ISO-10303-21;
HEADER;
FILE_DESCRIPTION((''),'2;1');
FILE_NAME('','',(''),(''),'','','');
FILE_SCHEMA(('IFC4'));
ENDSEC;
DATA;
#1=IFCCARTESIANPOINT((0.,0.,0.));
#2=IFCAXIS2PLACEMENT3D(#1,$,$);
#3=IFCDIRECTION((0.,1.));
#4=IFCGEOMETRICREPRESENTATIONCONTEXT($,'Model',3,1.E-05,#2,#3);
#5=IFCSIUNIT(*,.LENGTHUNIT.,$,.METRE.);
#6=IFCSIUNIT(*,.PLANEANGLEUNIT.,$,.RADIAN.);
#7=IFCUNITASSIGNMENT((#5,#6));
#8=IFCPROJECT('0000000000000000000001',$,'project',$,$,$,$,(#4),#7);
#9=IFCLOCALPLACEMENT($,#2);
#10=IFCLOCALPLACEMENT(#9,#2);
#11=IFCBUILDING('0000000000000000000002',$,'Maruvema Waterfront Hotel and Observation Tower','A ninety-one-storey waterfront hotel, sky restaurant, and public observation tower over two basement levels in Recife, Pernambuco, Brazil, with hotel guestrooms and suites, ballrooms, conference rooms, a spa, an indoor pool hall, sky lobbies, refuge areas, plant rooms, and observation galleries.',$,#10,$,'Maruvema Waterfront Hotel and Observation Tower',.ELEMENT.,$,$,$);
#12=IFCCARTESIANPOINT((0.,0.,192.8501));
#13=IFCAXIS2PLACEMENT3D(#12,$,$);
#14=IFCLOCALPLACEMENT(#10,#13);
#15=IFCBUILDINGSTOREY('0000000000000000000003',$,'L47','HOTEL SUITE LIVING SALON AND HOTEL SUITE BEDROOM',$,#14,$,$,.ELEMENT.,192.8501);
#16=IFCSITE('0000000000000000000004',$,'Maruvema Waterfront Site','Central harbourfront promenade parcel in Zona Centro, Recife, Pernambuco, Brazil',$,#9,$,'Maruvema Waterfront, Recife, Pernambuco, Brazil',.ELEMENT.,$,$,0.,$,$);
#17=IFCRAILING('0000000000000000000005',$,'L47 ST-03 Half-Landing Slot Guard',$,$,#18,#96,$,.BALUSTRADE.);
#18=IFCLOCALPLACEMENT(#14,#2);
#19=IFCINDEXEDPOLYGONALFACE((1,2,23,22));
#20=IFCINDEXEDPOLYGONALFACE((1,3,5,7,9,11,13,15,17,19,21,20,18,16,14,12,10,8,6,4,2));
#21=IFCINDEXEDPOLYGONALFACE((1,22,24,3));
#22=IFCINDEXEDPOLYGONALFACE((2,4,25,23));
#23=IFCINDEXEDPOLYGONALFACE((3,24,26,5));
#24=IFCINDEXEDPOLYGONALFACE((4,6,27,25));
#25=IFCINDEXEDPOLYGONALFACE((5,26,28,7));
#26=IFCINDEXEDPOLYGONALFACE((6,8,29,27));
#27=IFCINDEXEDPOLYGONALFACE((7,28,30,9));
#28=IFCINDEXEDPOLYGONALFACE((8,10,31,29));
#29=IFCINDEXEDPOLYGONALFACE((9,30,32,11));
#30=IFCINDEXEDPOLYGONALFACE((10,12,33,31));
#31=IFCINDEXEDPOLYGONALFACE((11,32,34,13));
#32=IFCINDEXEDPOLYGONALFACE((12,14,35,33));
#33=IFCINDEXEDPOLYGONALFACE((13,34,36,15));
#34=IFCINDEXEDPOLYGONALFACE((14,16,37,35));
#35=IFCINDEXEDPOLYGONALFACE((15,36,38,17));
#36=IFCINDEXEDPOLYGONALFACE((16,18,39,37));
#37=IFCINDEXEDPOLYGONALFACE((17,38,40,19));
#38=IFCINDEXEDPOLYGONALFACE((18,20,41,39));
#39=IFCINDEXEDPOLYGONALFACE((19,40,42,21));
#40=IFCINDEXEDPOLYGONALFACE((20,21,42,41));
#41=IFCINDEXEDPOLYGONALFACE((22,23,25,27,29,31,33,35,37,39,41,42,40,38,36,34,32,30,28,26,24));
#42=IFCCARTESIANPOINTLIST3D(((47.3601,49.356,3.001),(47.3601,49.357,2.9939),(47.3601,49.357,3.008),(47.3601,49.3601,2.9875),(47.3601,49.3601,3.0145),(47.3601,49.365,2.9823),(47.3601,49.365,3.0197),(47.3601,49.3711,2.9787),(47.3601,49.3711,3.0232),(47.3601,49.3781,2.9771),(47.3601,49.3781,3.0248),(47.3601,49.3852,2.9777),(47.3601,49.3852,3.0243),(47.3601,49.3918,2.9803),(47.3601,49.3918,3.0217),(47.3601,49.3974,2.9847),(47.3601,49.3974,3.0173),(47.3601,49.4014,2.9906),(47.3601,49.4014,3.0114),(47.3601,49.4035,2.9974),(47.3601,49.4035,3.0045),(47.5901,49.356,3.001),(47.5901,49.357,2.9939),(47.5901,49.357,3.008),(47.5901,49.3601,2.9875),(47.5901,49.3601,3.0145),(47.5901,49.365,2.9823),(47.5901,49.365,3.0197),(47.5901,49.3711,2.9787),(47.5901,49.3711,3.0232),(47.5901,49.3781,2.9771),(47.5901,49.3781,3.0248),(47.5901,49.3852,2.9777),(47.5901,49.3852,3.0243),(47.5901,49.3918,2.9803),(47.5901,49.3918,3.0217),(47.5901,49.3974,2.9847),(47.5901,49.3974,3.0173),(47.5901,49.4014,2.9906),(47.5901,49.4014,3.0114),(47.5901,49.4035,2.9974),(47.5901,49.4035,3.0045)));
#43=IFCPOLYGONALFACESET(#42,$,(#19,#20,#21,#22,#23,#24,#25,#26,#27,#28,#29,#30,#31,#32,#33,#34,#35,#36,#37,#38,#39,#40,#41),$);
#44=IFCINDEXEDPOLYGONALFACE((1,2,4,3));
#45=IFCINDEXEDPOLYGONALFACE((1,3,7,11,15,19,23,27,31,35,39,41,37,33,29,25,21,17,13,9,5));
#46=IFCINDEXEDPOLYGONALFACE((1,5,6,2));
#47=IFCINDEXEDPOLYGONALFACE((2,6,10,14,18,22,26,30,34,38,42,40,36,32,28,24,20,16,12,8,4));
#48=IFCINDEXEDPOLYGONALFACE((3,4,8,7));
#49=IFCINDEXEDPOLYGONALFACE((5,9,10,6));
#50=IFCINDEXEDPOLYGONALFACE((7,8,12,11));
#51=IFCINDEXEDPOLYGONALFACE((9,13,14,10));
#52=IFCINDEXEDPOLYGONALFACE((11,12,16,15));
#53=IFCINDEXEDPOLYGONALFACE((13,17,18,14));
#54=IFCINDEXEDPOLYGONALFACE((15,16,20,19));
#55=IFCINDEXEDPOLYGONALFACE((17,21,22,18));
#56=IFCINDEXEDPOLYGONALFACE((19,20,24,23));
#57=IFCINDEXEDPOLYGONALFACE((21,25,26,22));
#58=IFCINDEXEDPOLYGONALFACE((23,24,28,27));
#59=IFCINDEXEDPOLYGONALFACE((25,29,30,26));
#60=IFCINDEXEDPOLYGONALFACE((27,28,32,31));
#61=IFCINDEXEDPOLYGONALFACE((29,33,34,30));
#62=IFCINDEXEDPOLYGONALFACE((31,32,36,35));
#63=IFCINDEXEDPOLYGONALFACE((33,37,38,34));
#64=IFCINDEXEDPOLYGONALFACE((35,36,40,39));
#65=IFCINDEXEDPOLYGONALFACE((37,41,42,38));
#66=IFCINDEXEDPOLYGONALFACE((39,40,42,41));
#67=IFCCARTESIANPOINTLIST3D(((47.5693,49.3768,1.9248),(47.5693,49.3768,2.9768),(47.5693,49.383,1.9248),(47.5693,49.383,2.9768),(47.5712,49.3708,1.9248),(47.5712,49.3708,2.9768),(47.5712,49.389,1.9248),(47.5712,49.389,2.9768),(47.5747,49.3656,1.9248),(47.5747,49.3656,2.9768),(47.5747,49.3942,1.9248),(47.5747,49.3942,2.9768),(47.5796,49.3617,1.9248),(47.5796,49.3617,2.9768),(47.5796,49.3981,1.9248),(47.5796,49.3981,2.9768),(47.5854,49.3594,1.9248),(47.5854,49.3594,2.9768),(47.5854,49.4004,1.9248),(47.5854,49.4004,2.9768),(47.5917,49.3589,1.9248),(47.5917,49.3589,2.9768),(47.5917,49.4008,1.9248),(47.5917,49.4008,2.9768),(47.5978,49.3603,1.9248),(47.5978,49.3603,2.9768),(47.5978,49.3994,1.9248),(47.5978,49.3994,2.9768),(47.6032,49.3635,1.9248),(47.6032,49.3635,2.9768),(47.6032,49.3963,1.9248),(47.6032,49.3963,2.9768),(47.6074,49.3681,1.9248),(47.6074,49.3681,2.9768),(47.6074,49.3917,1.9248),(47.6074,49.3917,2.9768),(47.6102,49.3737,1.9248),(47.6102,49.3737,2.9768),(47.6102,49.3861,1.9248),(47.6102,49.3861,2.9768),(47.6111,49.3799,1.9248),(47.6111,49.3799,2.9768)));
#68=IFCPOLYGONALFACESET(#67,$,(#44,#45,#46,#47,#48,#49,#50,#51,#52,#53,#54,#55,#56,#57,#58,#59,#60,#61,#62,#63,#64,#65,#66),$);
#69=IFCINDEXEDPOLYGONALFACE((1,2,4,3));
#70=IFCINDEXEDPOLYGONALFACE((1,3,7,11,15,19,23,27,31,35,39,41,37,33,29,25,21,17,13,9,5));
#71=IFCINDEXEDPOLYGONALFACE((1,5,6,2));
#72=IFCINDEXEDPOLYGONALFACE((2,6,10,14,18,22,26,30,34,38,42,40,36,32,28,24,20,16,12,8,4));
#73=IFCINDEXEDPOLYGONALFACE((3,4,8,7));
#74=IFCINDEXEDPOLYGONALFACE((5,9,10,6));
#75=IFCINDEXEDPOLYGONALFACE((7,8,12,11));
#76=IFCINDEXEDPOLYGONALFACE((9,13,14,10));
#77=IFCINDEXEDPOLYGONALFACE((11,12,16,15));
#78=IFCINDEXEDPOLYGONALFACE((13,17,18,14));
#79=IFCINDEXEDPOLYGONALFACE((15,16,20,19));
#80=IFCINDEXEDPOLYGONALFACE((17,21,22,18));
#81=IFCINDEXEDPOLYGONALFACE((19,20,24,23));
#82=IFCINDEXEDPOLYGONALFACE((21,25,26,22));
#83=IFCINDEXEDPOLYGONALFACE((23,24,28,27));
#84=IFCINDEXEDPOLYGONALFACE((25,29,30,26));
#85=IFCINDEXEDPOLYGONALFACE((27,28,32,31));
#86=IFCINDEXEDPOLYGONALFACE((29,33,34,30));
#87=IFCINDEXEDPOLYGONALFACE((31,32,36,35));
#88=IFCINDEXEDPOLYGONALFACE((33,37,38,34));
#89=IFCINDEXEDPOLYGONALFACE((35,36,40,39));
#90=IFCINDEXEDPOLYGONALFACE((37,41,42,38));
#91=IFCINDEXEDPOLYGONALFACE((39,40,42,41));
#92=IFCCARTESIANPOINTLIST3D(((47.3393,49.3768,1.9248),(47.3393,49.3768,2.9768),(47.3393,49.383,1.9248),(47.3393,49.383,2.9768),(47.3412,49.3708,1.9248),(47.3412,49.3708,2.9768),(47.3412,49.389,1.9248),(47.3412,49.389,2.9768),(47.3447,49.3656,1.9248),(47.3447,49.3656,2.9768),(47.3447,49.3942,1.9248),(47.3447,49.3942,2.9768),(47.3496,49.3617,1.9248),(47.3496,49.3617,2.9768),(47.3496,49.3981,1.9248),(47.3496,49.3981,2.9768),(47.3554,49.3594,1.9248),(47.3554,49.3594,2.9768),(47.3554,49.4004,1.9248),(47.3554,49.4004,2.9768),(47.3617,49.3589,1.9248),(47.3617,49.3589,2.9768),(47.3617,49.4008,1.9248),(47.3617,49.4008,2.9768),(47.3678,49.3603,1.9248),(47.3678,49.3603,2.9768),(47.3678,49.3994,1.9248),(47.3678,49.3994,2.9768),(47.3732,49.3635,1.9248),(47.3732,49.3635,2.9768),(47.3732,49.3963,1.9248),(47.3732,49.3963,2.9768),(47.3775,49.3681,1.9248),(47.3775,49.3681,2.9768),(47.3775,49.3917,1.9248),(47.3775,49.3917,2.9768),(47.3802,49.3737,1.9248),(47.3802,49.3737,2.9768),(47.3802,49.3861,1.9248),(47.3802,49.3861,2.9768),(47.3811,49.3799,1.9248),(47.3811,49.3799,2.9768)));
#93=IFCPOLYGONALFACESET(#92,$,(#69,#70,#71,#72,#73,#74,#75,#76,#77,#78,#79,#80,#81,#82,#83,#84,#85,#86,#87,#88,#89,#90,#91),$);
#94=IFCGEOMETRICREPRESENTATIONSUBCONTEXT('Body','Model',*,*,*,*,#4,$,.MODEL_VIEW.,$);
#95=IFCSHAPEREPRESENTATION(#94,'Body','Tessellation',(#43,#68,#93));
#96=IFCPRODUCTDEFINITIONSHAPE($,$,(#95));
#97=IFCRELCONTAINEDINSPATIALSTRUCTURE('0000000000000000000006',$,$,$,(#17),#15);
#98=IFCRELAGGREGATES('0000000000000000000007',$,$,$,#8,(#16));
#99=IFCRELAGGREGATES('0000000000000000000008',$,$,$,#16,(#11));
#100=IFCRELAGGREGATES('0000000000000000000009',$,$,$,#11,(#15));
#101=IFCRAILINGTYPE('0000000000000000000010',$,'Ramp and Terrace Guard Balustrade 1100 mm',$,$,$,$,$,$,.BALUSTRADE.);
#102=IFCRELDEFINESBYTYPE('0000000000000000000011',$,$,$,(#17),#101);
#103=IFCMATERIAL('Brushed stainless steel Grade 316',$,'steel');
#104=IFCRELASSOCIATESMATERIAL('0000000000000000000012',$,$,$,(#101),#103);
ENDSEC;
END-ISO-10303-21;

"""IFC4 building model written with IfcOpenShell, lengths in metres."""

from ifc_helpers import new_model, si_unit, direction, frame, origin, origin_2d, place, context, subcontext, project, spatial, circle, extrude, material, type_object, element, save


model = new_model("IFC4")

# Units and contexts
model_context = context("Model", 3, precision=1e-05, world=origin(), true_north=direction((0.0, 1.0)))
body_context = subcontext(model_context, "Body", "Model", "MODEL_VIEW")
ifc_project = project(units=[si_unit("LENGTHUNIT", "METRE"), si_unit("PLANEANGLEUNIT", "RADIAN")], contexts=[model_context])

# Site, building, storey
site_placement = place(None, origin())
site = spatial("IfcSite", under=ifc_project, at=site_placement, Name="Maruvema Waterfront Site", Description="Central harbourfront promenade parcel in Zona Centro, Recife, Pernambuco, Brazil", LongName="Maruvema Waterfront, Recife, Pernambuco, Brazil", CompositionType="ELEMENT", RefElevation=0.0)
building_placement = place(site_placement, origin())
building = spatial("IfcBuilding", under=site, at=building_placement, Name="Maruvema Waterfront Hotel and Observation Tower", Description="A ninety-one-storey waterfront hotel, sky restaurant, and public observation tower over two basement levels in Recife, Pernambuco, Brazil, with hotel guestrooms and suites, ballrooms, conference rooms, a spa, an indoor pool hall, sky lobbies, refuge areas, plant rooms, and observation galleries.", LongName="Maruvema Waterfront Hotel and Observation Tower", CompositionType="ELEMENT")
storey_placement = place(building_placement, frame((0.0, 0.0, 192.8501)))
storey = spatial("IfcBuildingStorey", under=building, at=storey_placement, Name="L47", Description="HOTEL SUITE LIVING SALON AND HOTEL SUITE BEDROOM", CompositionType="ELEMENT", Elevation=192.8501)

# Railing
ifc_material_1 = material(Name="Brushed stainless steel Grade 316", Category="steel")
railing_type_1 = type_object("IfcRailingType", Name="Ramp and Terrace Guard Balustrade 1100 mm", PredefinedType="BALUSTRADE", material=ifc_material_1)
railing_1_placement = place(storey_placement, frame((47.5901, 49.3799, 1.9248)))
element("IfcRailing", 1, at=railing_1_placement, inside=storey, type_object=railing_type_1, Name="L47 ST-03 Half-Landing Slot Guard", PredefinedType="BALUSTRADE", context=body_context, shape_type="SweptSolid", body=[
    extrude(circle(Radius=0.0239, at=origin_2d()), frame((0.0, 0.0, 1.0762), z_axis=(-1.0, 0.0, 0.0), x_axis=(0.0, -1.0, 0.0)), (0.0, 0.0, 1.0), 0.23),
    extrude(circle(Radius=0.021, at=origin_2d()), origin(), (0.0, 0.0, 1.0), 1.052),
    extrude(circle(Radius=0.021, at=origin_2d()), frame((-0.23, 0.0, 0.0)), (0.0, 0.0, 1.0), 1.052),
])

save(model, "model.ifc")
